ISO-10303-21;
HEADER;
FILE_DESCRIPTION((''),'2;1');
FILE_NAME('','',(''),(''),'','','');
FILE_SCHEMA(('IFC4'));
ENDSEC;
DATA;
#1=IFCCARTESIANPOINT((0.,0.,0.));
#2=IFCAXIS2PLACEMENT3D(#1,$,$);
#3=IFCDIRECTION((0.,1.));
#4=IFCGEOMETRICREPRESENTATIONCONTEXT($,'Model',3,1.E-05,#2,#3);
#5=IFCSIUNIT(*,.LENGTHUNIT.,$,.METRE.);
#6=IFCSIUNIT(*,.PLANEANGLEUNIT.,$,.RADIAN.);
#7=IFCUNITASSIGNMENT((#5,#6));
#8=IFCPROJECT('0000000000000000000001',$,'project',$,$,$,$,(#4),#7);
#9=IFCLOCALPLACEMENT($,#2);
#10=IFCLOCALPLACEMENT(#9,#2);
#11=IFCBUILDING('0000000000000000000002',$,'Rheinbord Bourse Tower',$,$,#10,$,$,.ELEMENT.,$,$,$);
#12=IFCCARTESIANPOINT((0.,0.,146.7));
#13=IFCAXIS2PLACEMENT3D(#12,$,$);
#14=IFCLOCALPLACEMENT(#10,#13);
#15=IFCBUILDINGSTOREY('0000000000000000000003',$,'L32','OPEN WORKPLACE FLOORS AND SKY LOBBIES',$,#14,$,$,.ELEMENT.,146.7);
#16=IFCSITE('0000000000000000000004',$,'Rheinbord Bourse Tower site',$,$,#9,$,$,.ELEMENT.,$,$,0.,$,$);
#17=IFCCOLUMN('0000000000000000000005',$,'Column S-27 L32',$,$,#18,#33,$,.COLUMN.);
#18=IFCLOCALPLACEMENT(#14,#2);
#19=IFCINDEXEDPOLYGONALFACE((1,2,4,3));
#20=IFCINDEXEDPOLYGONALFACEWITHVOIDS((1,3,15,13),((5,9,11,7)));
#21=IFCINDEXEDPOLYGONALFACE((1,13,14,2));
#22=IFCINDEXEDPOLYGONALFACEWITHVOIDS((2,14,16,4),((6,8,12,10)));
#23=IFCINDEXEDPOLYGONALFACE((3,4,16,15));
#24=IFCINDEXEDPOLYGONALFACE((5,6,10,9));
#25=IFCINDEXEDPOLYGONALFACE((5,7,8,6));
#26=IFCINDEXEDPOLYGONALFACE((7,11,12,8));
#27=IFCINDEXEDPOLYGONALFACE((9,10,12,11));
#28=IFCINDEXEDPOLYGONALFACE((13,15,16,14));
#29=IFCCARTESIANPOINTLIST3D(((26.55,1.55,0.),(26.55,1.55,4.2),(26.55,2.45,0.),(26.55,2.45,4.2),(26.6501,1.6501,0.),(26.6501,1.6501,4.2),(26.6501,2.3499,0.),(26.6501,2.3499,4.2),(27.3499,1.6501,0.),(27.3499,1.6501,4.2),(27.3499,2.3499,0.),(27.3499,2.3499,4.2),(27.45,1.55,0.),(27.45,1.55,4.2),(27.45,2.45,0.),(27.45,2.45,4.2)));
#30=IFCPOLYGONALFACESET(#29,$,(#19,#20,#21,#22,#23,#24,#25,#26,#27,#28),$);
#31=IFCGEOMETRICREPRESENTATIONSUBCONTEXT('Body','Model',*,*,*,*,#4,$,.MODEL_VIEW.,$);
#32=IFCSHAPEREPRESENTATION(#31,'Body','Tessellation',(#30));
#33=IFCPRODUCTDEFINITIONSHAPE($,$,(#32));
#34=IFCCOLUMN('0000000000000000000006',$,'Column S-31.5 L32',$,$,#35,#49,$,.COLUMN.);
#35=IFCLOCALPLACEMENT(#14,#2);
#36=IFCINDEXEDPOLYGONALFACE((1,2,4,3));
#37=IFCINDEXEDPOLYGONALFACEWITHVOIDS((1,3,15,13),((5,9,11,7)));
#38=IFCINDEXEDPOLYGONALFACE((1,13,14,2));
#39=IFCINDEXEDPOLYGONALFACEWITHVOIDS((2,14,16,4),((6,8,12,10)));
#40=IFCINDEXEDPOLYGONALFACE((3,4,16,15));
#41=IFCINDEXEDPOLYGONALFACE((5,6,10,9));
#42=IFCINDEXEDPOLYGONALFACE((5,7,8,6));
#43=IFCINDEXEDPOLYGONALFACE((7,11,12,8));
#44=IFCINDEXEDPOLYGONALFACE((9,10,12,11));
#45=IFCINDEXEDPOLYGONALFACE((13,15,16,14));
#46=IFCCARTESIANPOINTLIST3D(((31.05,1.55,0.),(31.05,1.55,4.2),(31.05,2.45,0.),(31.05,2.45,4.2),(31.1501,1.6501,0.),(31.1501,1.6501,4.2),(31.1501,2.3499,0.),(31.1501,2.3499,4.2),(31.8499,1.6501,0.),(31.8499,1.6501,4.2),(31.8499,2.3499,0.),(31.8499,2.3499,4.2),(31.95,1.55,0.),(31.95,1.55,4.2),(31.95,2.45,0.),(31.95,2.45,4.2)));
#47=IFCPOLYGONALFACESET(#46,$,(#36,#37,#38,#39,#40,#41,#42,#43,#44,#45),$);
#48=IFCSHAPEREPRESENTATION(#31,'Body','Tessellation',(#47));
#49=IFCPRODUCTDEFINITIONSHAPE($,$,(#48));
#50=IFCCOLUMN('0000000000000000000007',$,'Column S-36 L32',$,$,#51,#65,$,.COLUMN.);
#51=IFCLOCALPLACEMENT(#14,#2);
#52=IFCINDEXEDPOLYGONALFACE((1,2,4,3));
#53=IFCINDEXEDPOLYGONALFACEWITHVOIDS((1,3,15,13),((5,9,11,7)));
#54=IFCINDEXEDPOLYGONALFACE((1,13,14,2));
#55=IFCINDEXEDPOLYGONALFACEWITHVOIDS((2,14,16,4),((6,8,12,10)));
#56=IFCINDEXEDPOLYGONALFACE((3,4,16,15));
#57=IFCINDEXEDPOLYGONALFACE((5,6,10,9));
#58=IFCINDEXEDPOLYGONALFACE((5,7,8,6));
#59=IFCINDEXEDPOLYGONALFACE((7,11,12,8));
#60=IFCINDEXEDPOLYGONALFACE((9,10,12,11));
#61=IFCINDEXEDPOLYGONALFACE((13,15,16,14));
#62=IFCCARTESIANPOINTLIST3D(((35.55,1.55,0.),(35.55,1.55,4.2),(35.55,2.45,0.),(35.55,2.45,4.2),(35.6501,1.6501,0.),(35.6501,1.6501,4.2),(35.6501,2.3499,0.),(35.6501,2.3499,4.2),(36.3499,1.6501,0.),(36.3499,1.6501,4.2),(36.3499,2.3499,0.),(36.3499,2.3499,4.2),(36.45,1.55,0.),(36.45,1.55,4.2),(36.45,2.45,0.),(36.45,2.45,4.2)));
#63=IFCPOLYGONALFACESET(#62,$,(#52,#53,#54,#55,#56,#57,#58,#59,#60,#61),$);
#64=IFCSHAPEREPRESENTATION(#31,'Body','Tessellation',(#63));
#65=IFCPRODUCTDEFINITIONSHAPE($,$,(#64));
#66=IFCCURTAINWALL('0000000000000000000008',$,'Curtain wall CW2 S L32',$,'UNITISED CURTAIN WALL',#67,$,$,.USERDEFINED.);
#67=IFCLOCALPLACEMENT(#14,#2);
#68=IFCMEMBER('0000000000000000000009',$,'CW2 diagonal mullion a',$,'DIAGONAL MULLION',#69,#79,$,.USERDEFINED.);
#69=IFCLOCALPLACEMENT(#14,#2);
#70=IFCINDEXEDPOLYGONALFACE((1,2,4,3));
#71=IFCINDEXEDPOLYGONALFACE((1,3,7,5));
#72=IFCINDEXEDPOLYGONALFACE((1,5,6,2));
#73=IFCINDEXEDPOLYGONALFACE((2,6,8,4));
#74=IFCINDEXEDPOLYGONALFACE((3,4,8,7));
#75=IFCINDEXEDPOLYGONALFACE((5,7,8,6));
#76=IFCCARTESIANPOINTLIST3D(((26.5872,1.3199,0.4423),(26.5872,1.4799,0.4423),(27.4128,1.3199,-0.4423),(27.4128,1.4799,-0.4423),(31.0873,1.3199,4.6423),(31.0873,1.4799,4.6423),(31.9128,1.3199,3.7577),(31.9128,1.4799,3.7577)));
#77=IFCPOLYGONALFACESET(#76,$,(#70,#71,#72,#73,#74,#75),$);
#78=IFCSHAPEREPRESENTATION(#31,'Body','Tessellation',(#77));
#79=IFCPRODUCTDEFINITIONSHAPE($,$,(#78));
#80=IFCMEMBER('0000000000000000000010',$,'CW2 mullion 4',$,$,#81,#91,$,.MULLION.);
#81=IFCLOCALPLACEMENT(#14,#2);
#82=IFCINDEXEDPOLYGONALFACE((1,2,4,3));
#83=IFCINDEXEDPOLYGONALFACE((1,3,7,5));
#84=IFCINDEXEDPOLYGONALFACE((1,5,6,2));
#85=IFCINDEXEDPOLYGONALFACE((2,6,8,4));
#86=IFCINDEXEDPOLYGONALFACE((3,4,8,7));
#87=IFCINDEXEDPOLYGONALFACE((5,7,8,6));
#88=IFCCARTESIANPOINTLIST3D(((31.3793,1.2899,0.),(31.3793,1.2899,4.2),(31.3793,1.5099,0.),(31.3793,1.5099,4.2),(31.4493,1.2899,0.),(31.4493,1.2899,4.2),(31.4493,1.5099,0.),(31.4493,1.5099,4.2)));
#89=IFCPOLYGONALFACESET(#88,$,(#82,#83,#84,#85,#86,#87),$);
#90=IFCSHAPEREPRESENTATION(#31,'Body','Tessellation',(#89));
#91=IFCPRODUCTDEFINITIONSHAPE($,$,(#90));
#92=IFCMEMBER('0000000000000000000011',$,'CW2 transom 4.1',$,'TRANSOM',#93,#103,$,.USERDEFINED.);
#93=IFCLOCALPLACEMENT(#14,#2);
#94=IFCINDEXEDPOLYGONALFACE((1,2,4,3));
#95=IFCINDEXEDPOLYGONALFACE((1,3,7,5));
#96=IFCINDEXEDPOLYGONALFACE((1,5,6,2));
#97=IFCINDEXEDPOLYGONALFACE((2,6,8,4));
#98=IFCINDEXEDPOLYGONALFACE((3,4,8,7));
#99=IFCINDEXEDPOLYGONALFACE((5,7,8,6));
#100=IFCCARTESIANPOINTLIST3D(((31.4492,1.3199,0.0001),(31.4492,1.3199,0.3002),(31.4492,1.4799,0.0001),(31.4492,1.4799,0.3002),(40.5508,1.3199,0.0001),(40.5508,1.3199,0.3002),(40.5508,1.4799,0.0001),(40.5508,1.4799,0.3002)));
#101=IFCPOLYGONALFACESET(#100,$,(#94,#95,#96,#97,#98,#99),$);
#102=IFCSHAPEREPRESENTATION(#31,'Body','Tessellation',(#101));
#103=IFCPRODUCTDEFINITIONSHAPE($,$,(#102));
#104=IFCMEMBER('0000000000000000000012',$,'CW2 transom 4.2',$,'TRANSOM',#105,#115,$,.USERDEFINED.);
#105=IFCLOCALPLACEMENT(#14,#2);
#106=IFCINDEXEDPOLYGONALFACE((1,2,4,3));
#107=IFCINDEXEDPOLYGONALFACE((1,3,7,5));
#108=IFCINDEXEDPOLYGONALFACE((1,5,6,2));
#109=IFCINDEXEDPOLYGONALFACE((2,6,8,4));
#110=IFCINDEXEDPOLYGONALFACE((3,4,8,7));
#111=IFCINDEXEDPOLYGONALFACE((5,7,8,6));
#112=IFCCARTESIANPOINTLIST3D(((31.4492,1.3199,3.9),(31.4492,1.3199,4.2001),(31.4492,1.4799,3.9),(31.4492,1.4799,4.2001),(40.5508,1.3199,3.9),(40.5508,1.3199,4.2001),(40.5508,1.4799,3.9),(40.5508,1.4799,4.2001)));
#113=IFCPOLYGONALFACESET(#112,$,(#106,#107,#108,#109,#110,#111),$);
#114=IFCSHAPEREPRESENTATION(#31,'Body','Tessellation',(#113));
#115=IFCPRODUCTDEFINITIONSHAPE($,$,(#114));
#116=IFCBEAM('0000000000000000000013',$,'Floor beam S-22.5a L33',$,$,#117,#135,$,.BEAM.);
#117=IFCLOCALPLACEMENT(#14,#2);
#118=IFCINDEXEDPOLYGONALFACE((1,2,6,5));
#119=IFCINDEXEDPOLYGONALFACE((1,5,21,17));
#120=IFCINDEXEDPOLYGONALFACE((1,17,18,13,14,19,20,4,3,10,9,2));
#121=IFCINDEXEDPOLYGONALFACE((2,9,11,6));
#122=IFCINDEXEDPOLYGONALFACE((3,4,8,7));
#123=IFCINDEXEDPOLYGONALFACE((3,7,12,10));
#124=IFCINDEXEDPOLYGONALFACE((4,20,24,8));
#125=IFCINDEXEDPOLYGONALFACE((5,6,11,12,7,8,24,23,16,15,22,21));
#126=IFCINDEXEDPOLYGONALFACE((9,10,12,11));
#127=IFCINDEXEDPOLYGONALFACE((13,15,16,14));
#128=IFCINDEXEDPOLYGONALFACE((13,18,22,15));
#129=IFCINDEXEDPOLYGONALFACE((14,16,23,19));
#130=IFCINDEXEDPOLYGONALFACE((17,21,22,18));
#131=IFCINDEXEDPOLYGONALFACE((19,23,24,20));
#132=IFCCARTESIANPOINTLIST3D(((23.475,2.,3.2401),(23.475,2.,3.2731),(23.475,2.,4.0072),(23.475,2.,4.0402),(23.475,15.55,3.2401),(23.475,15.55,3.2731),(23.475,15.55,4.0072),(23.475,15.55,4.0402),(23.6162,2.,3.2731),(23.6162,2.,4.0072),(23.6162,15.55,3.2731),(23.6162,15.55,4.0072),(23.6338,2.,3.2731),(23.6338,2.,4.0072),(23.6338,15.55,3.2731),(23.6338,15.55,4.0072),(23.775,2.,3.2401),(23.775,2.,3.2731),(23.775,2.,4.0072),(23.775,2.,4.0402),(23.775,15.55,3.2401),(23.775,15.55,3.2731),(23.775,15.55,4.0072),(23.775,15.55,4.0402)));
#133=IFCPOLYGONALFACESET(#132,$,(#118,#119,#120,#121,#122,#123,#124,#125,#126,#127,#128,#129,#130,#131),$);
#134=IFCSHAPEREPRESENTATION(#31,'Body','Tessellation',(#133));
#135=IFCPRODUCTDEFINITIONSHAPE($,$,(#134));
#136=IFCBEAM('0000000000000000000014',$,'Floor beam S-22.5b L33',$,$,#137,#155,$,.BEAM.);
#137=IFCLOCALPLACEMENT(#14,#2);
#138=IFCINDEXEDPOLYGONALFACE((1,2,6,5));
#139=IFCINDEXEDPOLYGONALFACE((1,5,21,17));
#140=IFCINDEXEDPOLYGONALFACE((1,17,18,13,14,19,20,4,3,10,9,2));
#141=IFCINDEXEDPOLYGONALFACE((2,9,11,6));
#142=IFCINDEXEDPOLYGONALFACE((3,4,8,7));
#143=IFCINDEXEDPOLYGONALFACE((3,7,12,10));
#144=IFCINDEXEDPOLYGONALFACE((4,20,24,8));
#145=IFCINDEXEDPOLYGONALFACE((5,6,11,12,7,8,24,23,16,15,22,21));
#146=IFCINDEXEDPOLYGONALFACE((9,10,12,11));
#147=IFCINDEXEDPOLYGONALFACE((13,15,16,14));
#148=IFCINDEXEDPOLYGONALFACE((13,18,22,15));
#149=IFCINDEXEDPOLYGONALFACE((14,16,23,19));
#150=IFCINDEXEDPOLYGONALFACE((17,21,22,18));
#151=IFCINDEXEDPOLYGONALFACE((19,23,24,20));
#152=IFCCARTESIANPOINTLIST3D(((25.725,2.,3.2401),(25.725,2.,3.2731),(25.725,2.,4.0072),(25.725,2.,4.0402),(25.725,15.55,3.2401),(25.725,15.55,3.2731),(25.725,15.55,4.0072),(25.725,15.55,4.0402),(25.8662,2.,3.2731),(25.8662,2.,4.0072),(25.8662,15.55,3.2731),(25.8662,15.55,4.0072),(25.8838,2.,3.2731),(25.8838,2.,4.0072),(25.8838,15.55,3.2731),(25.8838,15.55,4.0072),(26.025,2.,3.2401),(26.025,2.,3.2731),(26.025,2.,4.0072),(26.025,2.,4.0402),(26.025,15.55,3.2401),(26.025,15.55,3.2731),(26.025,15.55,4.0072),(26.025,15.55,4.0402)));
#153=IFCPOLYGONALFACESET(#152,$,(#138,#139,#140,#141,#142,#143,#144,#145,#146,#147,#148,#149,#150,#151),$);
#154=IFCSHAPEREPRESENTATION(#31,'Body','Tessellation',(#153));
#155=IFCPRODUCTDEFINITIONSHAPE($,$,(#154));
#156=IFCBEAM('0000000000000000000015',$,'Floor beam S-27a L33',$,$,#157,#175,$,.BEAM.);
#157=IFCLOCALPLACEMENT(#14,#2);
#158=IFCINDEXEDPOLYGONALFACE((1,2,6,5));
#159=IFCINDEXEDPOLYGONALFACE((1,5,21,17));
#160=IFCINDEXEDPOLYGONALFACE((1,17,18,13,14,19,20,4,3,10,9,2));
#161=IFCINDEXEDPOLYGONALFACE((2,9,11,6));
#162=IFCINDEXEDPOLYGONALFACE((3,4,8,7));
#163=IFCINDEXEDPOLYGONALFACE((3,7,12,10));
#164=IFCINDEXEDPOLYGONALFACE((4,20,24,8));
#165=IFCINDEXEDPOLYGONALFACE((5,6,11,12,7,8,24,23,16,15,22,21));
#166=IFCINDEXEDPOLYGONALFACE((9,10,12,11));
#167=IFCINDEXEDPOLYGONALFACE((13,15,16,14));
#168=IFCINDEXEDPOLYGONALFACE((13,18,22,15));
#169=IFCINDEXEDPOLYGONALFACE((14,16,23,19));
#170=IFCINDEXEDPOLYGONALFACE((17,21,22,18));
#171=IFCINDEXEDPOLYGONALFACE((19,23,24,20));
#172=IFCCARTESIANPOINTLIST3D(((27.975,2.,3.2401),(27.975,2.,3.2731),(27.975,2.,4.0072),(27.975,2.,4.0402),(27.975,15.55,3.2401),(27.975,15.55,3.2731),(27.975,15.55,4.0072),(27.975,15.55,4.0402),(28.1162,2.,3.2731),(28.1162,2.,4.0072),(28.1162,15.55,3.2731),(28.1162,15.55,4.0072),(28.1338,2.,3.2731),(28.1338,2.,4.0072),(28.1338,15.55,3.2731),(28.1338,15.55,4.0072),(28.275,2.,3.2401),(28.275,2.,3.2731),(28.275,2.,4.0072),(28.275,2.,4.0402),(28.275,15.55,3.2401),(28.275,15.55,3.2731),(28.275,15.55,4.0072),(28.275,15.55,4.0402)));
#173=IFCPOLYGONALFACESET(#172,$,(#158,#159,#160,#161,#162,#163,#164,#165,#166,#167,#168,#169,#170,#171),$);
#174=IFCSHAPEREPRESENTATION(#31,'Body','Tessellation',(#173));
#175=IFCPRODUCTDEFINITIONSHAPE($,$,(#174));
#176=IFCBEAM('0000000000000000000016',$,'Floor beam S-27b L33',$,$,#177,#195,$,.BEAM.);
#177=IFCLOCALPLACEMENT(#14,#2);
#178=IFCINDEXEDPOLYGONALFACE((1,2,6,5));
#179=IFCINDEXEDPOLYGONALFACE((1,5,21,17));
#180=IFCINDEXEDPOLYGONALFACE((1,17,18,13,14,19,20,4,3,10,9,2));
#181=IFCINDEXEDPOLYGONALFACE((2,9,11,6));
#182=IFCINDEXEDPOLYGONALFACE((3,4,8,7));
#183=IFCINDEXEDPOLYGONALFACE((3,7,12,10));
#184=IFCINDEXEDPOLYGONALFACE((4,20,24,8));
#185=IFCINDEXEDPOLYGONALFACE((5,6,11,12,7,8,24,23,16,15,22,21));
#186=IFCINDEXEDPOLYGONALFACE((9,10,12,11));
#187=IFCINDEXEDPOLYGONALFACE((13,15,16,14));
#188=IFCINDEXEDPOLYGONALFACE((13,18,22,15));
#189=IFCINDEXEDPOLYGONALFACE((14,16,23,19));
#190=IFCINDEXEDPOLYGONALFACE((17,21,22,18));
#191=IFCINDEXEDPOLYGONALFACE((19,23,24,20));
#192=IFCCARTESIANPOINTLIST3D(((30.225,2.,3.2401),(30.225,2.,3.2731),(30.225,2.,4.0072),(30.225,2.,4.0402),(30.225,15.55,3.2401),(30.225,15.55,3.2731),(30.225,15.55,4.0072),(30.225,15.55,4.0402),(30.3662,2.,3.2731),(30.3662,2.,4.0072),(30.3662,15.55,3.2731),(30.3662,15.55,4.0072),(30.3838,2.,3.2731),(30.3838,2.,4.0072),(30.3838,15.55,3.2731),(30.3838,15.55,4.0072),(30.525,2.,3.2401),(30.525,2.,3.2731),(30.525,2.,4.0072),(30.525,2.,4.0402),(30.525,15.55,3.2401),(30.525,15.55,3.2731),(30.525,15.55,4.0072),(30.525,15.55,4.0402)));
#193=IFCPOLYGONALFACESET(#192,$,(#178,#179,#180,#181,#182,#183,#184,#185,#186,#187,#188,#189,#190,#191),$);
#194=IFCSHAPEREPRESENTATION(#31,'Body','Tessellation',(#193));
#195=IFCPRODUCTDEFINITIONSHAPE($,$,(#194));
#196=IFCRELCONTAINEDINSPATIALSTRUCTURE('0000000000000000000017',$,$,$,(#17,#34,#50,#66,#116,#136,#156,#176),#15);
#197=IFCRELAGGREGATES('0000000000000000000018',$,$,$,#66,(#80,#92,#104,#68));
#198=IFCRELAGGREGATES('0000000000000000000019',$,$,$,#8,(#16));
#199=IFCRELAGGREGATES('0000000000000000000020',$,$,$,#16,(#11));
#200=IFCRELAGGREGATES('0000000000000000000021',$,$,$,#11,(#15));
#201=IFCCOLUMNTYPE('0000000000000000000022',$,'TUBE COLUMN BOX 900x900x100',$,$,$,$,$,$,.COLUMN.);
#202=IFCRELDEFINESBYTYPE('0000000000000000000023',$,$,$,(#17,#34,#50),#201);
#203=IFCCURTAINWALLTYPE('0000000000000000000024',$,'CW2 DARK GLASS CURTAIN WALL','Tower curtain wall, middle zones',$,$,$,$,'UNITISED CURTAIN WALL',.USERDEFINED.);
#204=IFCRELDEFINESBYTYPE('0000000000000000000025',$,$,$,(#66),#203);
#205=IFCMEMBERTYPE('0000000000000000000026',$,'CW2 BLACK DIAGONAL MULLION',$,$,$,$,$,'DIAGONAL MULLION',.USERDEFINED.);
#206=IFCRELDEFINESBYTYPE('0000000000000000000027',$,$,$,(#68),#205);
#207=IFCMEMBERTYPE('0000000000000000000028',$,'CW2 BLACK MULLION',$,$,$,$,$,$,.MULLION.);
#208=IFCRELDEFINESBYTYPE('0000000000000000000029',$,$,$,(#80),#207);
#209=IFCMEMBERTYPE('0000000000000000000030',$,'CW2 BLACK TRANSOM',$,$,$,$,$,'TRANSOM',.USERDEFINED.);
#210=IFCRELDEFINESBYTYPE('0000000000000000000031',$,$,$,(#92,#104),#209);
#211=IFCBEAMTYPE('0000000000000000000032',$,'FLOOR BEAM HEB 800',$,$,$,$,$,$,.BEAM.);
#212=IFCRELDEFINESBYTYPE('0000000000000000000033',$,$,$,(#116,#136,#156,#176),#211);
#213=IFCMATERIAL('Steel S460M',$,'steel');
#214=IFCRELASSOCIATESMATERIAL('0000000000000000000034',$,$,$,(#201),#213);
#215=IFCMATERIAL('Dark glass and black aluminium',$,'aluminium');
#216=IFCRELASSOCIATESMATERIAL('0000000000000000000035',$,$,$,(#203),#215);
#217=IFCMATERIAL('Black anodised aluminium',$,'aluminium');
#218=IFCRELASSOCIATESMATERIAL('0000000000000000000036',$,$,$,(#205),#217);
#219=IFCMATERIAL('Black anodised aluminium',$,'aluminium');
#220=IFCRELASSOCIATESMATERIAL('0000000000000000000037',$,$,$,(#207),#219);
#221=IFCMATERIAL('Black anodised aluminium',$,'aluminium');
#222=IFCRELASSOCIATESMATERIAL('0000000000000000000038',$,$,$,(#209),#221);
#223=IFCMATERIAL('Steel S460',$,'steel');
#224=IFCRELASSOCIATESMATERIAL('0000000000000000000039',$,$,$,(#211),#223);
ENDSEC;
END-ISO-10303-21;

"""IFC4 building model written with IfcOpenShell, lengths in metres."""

from ifc_helpers import new_model, si_unit, direction, frame, origin, origin_2d, place, context, subcontext, project, spatial, rectangle, hollow_rectangle, i_section, extrude, material, material_profile, profile_set, type_object, element, aggregate, save


model = new_model("IFC4")

# Units and contexts
model_context = context("Model", 3, precision=1e-05, world=origin(), true_north=direction((0.0, 1.0)))
body_context = subcontext(model_context, "Body", "Model", "MODEL_VIEW")
ifc_project = project(units=[si_unit("LENGTHUNIT", "METRE"), si_unit("PLANEANGLEUNIT", "RADIAN")], contexts=[model_context])

# Site, building, storey
site_placement = place(None, origin())
site = spatial("IfcSite", under=ifc_project, at=site_placement, Name="Rheinbord Bourse Tower site", CompositionType="ELEMENT", RefElevation=0.0)
building_placement = place(site_placement, origin())
building = spatial("IfcBuilding", under=site, at=building_placement, Name="Rheinbord Bourse Tower", CompositionType="ELEMENT")
storey_placement = place(building_placement, frame((0.0, 0.0, 146.7)))
storey = spatial("IfcBuildingStorey", under=building, at=storey_placement, Name="L32", Description="OPEN WORKPLACE FLOORS AND SKY LOBBIES", CompositionType="ELEMENT", Elevation=146.7)

# Columns
ifc_material_1 = material(Name="Steel S460M", Category="steel")
ifc_material_profile_1 = material_profile(ifc_material_1, hollow_rectangle(XDim=0.8999, YDim=0.8999, WallThickness=0.1001, at=origin_2d()), Name="BOX 900x900x100")
ifc_profile_set_1 = profile_set([ifc_material_profile_1], Name="Steel S460M")
column_type = type_object("IfcColumnType", Name="TUBE COLUMN BOX 900x900x100", PredefinedType="COLUMN", material=ifc_profile_set_1)
for number, where, z_axis, x_axis, name in (
    (1, (27.0, 2.0, 0.0), (0.0, 0.0, 1.0), (0.0, 1.0, 0.0), "Column S-27 L32"),
    (2, (31.5, 2.0, 0.0), (0.0, 0.0, 1.0), (0.0, 1.0, 0.0), "Column S-31.5 L32"),
    (3, (36.0, 2.0, 0.0), (0.0, 0.0, 1.0), (0.0, 1.0, 0.0), "Column S-36 L32"),
):
    element("IfcColumn", number, at=place(storey_placement, frame(where, z_axis=z_axis, x_axis=x_axis)), inside=storey, type_object=column_type, Name=name, PredefinedType="COLUMN", context=body_context, shape_type="SweptSolid", body=[
        extrude(hollow_rectangle(XDim=0.8999, YDim=0.8999, WallThickness=0.1001, at=origin_2d()), origin(), (0.0, 0.0, 1.0), 4.2),
    ])

# Curtain wall, members
ifc_material_2 = material(Name="Dark glass and black aluminium", Category="aluminium")
curtain_wall_type = type_object("IfcCurtainWallType", Name="CW2 DARK GLASS CURTAIN WALL", Description="Tower curtain wall, middle zones", ElementType="UNITISED CURTAIN WALL", PredefinedType="USERDEFINED", material=ifc_material_2)
curtain_wall_placement = place(storey_placement, origin())
curtain_wall = element("IfcCurtainWall", 4, at=curtain_wall_placement, inside=storey, type_object=curtain_wall_type, Name="Curtain wall CW2 S L32", ObjectType="UNITISED CURTAIN WALL", PredefinedType="USERDEFINED")
ifc_material_3 = material(Name="Black anodised aluminium", Category="aluminium")
ifc_material_profile_2 = material_profile(ifc_material_3, rectangle(XDim=0.1599, YDim=1.21, at=origin_2d()), Name="CW2 DIAGONAL MULLION 1210x160")
ifc_profile_set_2 = profile_set([ifc_material_profile_2], Name="Black anodised aluminium")
member_type_1 = type_object("IfcMemberType", Name="CW2 BLACK DIAGONAL MULLION", ElementType="DIAGONAL MULLION", PredefinedType="USERDEFINED", material=ifc_profile_set_2)
member_1_placement = place(storey_placement, frame((27.0, 1.3999, 0.0), z_axis=(0.731059, 0.0, 0.682314), x_axis=(0.0, 1.0, 0.0)))
member_1 = element("IfcMember", 5, at=member_1_placement, type_object=member_type_1, Name="CW2 diagonal mullion a", ObjectType="DIAGONAL MULLION", PredefinedType="USERDEFINED", context=body_context, shape_type="SweptSolid", body=[
    extrude(rectangle(XDim=0.1599, YDim=1.21, at=origin_2d()), origin(), (0.0, 0.0, 1.0), 6.1555),
])
ifc_material_4 = material(Name="Black anodised aluminium", Category="aluminium")
ifc_material_profile_3 = material_profile(ifc_material_4, rectangle(XDim=0.22, YDim=0.0701, at=origin_2d()), Name="CW2 MULLION 70x220")
ifc_profile_set_3 = profile_set([ifc_material_profile_3], Name="Black anodised aluminium")
member_type_2 = type_object("IfcMemberType", Name="CW2 BLACK MULLION", PredefinedType="MULLION", material=ifc_profile_set_3)
member_2_placement = place(storey_placement, frame((31.4143, 1.3999, 0.0), z_axis=(0.0, 0.0, 1.0), x_axis=(0.0, 1.0, 0.0)))
member_2 = element("IfcMember", 6, at=member_2_placement, type_object=member_type_2, Name="CW2 mullion 4", PredefinedType="MULLION", context=body_context, shape_type="SweptSolid", body=[
    extrude(rectangle(XDim=0.22, YDim=0.0701, at=origin_2d()), origin(), (0.0, 0.0, 1.0), 4.2),
])
ifc_material_5 = material(Name="Black anodised aluminium", Category="aluminium")
ifc_material_profile_4 = material_profile(ifc_material_5, rectangle(XDim=0.1599, YDim=0.3, at=origin_2d()), Name="CW2 TRANSOM 300x160")
ifc_profile_set_4 = profile_set([ifc_material_profile_4], Name="Black anodised aluminium")
member_type_3 = type_object("IfcMemberType", Name="CW2 BLACK TRANSOM", ElementType="TRANSOM", PredefinedType="USERDEFINED", material=ifc_profile_set_4)
member_3_placement = place(storey_placement, frame((31.4492, 1.3999, 0.1501), z_axis=(1.0, 0.0, 0.0), x_axis=(0.0, 1.0, 0.0)))
member_3 = element("IfcMember", 7, at=member_3_placement, type_object=member_type_3, Name="CW2 transom 4.1", ObjectType="TRANSOM", PredefinedType="USERDEFINED", context=body_context, shape_type="SweptSolid", body=[
    extrude(rectangle(XDim=0.1599, YDim=0.3, at=origin_2d()), origin(), (0.0, 0.0, 1.0), 9.1016),
])
member_4_placement = place(storey_placement, frame((31.4492, 1.3999, 4.05), z_axis=(1.0, 0.0, 0.0), x_axis=(0.0, 1.0, 0.0)))
member_4 = element("IfcMember", 8, at=member_4_placement, type_object=member_type_3, Name="CW2 transom 4.2", ObjectType="TRANSOM", PredefinedType="USERDEFINED", context=body_context, shape_type="SweptSolid", body=[
    extrude(rectangle(XDim=0.1599, YDim=0.3, at=origin_2d()), origin(), (0.0, 0.0, 1.0), 9.1016),
])

# Beams
ifc_material_6 = material(Name="Steel S460", Category="steel")
ifc_material_profile_5 = material_profile(ifc_material_6, i_section(OverallWidth=0.3, OverallDepth=0.8, WebThickness=0.0176, FlangeThickness=0.033, at=origin_2d()), Name="HEB 800")
ifc_profile_set_5 = profile_set([ifc_material_profile_5], Name="Steel S460")
beam_type_1 = type_object("IfcBeamType", Name="FLOOR BEAM HEB 800", PredefinedType="BEAM", material=ifc_profile_set_5)
for number, where, z_axis, x_axis, name in (
    (9, (23.625, 2.0, 3.6401), (0.0, 1.0, 0.0), (-1.0, 0.0, 0.0), "Floor beam S-22.5a L33"),
    (10, (25.875, 2.0, 3.6401), (0.0, 1.0, 0.0), (-1.0, 0.0, 0.0), "Floor beam S-22.5b L33"),
    (11, (28.125, 2.0, 3.6401), (0.0, 1.0, 0.0), (-1.0, 0.0, 0.0), "Floor beam S-27a L33"),
    (12, (30.375, 2.0, 3.6401), (0.0, 1.0, 0.0), (-1.0, 0.0, 0.0), "Floor beam S-27b L33"),
):
    element("IfcBeam", number, at=place(storey_placement, frame(where, z_axis=z_axis, x_axis=x_axis)), inside=storey, type_object=beam_type_1, Name=name, PredefinedType="BEAM", context=body_context, shape_type="SweptSolid", body=[
        extrude(i_section(OverallWidth=0.3, OverallDepth=0.8, WebThickness=0.0176, FlangeThickness=0.033, at=origin_2d()), origin(), (0.0, 0.0, 1.0), 13.55),
    ])

aggregate(curtain_wall, [member_2, member_3, member_4, member_1])

save(model, "model.ifc")
